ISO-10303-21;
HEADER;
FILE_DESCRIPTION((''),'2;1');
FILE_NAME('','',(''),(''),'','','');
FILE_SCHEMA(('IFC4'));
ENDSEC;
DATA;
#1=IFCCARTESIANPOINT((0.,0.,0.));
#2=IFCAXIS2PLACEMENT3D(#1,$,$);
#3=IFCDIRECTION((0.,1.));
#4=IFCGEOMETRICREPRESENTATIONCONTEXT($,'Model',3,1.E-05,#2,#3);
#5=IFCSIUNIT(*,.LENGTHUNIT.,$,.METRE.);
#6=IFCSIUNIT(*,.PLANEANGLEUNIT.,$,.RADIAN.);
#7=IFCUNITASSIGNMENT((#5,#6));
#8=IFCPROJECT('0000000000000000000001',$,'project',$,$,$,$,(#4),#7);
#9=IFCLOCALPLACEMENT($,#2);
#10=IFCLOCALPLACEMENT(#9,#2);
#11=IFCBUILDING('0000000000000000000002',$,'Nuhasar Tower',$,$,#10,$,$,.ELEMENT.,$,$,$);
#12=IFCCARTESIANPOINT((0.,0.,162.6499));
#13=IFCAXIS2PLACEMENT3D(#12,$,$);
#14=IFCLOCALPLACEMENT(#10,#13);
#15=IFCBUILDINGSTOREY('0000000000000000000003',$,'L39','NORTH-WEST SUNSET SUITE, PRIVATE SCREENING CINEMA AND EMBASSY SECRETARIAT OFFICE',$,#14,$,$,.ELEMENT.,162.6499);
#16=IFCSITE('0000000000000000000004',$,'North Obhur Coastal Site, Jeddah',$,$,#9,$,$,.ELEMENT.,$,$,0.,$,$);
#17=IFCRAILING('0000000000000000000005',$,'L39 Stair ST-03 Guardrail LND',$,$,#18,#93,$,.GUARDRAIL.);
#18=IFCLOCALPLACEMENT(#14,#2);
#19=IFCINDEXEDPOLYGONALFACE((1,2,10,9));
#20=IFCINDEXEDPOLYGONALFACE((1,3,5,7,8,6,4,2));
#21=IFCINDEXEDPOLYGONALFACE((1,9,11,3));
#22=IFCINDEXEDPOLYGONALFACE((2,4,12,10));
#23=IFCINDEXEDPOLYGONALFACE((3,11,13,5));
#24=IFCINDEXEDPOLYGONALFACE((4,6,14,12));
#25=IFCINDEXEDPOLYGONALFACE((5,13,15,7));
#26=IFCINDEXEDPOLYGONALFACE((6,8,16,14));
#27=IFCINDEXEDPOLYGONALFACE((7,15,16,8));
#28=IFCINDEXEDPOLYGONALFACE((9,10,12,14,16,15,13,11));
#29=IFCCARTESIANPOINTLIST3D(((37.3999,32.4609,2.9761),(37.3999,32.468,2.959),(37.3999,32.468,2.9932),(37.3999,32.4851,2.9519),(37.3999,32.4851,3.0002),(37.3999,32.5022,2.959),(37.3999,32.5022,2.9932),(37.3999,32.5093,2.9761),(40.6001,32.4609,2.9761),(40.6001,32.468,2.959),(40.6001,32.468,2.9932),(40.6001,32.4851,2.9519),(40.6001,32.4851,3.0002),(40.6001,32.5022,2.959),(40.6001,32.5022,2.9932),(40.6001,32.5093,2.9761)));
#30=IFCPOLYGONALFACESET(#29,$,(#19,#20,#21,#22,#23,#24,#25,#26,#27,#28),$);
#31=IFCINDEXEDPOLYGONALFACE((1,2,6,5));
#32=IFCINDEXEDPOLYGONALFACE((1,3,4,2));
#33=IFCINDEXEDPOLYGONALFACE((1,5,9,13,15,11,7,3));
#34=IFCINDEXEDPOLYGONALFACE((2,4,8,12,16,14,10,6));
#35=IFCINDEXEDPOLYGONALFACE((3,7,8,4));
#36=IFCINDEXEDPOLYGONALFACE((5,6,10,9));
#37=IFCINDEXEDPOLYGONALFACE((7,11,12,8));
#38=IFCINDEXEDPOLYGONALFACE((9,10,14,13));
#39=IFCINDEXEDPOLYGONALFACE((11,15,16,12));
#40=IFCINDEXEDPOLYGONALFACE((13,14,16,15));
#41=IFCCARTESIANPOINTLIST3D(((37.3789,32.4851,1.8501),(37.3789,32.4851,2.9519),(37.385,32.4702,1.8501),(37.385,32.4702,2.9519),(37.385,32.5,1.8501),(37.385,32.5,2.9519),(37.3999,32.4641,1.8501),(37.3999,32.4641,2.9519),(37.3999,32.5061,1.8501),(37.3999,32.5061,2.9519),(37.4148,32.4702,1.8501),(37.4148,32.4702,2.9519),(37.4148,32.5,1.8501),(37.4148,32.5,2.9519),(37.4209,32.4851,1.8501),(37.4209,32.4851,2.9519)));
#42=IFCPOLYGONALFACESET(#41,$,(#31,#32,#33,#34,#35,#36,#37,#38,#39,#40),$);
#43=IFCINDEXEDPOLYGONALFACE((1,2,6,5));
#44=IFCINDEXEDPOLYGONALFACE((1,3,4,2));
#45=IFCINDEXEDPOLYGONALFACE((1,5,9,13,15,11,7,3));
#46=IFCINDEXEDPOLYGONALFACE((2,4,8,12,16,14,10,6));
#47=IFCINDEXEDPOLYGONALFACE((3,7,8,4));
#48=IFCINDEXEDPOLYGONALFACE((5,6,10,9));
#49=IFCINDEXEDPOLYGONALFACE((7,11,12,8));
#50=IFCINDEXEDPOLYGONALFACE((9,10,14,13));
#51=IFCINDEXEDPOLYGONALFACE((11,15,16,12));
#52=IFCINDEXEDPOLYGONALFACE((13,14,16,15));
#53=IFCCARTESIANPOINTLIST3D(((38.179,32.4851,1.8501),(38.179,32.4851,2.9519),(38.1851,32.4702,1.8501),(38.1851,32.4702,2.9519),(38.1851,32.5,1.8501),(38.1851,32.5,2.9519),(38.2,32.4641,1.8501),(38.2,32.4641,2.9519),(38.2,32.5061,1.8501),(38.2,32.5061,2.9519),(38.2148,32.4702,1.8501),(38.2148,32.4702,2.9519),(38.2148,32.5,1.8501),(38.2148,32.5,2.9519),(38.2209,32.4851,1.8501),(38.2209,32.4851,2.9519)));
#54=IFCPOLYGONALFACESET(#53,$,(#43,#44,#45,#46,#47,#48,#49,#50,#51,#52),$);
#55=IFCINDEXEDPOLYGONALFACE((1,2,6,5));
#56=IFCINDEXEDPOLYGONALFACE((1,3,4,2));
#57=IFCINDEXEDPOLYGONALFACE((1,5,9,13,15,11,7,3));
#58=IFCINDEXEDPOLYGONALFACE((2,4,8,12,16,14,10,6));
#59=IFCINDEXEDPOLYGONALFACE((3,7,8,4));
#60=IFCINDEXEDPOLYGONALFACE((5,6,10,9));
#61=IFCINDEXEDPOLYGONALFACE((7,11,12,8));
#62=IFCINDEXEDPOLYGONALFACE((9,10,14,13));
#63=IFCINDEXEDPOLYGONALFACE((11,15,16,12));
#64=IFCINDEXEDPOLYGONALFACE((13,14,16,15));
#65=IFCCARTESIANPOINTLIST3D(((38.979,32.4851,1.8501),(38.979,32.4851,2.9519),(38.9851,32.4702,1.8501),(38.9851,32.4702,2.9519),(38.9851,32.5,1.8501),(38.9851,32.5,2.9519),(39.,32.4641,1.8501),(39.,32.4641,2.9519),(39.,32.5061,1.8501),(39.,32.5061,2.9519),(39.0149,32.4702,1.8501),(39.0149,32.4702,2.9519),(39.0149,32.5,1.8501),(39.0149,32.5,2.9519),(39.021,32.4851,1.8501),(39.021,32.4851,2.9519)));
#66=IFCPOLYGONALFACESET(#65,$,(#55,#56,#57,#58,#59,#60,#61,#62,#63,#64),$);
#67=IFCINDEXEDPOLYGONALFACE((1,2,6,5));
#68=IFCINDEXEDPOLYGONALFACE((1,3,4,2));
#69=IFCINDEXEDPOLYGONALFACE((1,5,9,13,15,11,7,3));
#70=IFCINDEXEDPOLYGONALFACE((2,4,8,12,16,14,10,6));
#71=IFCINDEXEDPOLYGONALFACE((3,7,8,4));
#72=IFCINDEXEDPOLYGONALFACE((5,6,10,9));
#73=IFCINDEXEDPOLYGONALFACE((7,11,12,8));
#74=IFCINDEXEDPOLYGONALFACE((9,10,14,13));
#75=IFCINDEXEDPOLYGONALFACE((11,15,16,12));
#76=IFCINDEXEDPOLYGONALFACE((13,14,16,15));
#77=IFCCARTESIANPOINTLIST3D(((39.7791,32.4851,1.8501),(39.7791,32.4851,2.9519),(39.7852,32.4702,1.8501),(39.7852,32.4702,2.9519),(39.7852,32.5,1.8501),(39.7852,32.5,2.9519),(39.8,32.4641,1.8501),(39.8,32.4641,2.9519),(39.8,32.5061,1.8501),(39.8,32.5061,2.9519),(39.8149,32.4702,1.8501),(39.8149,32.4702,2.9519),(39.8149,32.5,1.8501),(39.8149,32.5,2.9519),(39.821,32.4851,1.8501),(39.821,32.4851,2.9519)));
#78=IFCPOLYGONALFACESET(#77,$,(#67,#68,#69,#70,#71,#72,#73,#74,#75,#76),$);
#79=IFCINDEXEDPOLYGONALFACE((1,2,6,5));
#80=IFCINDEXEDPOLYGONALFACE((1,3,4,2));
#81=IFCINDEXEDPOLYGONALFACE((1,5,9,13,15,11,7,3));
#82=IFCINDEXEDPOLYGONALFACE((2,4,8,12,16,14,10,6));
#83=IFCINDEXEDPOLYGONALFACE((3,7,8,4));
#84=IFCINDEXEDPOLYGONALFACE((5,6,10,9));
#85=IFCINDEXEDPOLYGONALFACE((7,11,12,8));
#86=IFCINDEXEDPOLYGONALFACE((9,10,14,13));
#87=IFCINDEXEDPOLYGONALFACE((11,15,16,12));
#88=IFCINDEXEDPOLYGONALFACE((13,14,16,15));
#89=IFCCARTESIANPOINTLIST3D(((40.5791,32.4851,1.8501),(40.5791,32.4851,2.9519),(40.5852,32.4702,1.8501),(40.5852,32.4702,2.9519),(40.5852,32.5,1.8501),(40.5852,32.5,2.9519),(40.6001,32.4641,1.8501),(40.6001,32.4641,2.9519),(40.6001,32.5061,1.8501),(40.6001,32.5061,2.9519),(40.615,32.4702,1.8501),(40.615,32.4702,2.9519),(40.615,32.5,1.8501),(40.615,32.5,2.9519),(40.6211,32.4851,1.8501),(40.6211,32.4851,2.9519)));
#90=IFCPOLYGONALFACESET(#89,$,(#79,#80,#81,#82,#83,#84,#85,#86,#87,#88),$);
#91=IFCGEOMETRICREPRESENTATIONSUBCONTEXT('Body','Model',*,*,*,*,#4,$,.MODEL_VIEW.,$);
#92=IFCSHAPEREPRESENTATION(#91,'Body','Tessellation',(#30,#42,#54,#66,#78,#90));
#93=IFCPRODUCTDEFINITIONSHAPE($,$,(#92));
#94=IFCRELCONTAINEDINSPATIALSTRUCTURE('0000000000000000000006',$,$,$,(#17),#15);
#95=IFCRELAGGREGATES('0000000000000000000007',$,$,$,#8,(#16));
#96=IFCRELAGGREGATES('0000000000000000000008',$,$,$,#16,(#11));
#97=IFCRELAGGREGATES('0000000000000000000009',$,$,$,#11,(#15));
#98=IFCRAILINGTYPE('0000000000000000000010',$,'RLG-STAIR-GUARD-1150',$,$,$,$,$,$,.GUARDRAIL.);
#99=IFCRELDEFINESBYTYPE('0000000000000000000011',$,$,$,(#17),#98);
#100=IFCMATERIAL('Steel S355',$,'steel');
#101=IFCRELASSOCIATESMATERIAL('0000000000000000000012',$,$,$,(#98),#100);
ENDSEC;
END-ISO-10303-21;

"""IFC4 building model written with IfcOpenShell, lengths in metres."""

from ifc_helpers import new_model, si_unit, direction, frame, origin, place, context, subcontext, project, spatial, polyline, outline, extrude, material, type_object, element, save


model = new_model("IFC4")

# Units and contexts
model_context = context("Model", 3, precision=1e-05, world=origin(), true_north=direction((0.0, 1.0)))
body_context = subcontext(model_context, "Body", "Model", "MODEL_VIEW")
ifc_project = project(units=[si_unit("LENGTHUNIT", "METRE"), si_unit("PLANEANGLEUNIT", "RADIAN")], contexts=[model_context])

# Site, building, storey
site_placement = place(None, origin())
site = spatial("IfcSite", under=ifc_project, at=site_placement, Name="North Obhur Coastal Site, Jeddah", CompositionType="ELEMENT", RefElevation=0.0)
building_placement = place(site_placement, origin())
building = spatial("IfcBuilding", under=site, at=building_placement, Name="Nuhasar Tower", CompositionType="ELEMENT")
storey_placement = place(building_placement, frame((0.0, 0.0, 162.6499)))
storey = spatial("IfcBuildingStorey", under=building, at=storey_placement, Name="L39", Description="NORTH-WEST SUNSET SUITE, PRIVATE SCREENING CINEMA AND EMBASSY SECRETARIAT OFFICE", CompositionType="ELEMENT", Elevation=162.6499)

# Shared definitions
ifc_material_1 = material(Name="Steel S355", Category="steel")

# Railing
railing_type_1 = type_object("IfcRailingType", Name="RLG-STAIR-GUARD-1150", PredefinedType="GUARDRAIL", material=ifc_material_1)
railing_1_placement = place(storey_placement, frame((37.3999, 32.4851, 1.8501)))
element("IfcRailing", 1, at=railing_1_placement, inside=storey, type_object=railing_type_1, Name="L39 Stair ST-03 Guardrail LND", PredefinedType="GUARDRAIL", context=body_context, shape_type="SweptSolid", body=[
    extrude(outline(polyline([(0.0242, 0.0), (0.0171, 0.0171), (0.0, 0.0242), (-0.0171, 0.0171), (-0.0242, 0.0), (-0.0171, -0.0171), (0.0, -0.0242), (0.0171, -0.0171), (0.0242, 0.0)])), frame((0.0, 0.0, 1.126), z_axis=(1.0, 0.0, 0.0), x_axis=(0.0, 1.0, 0.0)), (0.0, 0.0, 1.0), 3.2002),
    extrude(outline(polyline([(0.021, 0.0), (0.0149, 0.0149), (0.0, 0.021), (-0.0149, 0.0149), (-0.021, 0.0), (-0.0149, -0.0149), (0.0, -0.021), (0.0149, -0.0149), (0.021, 0.0)])), origin(), (0.0, 0.0, 1.0), 1.1018),
    extrude(outline(polyline([(0.021, 0.0), (0.0149, 0.0149), (0.0, 0.021), (-0.0149, 0.0149), (-0.021, 0.0), (-0.0149, -0.0149), (0.0, -0.021), (0.0149, -0.0149), (0.021, 0.0)])), frame((0.8, 0.0, 0.0)), (0.0, 0.0, 1.0), 1.1018),
    extrude(outline(polyline([(0.021, 0.0), (0.0149, 0.0149), (0.0, 0.021), (-0.0149, 0.0149), (-0.021, 0.0), (-0.0149, -0.0149), (0.0, -0.021), (0.0149, -0.0149), (0.021, 0.0)])), frame((1.6001, 0.0, 0.0)), (0.0, 0.0, 1.0), 1.1018),
    extrude(outline(polyline([(0.021, 0.0), (0.0149, 0.0149), (0.0, 0.021), (-0.0149, 0.0149), (-0.021, 0.0), (-0.0149, -0.0149), (0.0, -0.021), (0.0149, -0.0149), (0.021, 0.0)])), frame((2.4001, 0.0, 0.0)), (0.0, 0.0, 1.0), 1.1018),
    extrude(outline(polyline([(0.021, 0.0), (0.0149, 0.0149), (0.0, 0.021), (-0.0149, 0.0149), (-0.021, 0.0), (-0.0149, -0.0149), (0.0, -0.021), (0.0149, -0.0149), (0.021, 0.0)])), frame((3.2002, 0.0, 0.0)), (0.0, 0.0, 1.0), 1.1018),
])

save(model, "model.ifc")
